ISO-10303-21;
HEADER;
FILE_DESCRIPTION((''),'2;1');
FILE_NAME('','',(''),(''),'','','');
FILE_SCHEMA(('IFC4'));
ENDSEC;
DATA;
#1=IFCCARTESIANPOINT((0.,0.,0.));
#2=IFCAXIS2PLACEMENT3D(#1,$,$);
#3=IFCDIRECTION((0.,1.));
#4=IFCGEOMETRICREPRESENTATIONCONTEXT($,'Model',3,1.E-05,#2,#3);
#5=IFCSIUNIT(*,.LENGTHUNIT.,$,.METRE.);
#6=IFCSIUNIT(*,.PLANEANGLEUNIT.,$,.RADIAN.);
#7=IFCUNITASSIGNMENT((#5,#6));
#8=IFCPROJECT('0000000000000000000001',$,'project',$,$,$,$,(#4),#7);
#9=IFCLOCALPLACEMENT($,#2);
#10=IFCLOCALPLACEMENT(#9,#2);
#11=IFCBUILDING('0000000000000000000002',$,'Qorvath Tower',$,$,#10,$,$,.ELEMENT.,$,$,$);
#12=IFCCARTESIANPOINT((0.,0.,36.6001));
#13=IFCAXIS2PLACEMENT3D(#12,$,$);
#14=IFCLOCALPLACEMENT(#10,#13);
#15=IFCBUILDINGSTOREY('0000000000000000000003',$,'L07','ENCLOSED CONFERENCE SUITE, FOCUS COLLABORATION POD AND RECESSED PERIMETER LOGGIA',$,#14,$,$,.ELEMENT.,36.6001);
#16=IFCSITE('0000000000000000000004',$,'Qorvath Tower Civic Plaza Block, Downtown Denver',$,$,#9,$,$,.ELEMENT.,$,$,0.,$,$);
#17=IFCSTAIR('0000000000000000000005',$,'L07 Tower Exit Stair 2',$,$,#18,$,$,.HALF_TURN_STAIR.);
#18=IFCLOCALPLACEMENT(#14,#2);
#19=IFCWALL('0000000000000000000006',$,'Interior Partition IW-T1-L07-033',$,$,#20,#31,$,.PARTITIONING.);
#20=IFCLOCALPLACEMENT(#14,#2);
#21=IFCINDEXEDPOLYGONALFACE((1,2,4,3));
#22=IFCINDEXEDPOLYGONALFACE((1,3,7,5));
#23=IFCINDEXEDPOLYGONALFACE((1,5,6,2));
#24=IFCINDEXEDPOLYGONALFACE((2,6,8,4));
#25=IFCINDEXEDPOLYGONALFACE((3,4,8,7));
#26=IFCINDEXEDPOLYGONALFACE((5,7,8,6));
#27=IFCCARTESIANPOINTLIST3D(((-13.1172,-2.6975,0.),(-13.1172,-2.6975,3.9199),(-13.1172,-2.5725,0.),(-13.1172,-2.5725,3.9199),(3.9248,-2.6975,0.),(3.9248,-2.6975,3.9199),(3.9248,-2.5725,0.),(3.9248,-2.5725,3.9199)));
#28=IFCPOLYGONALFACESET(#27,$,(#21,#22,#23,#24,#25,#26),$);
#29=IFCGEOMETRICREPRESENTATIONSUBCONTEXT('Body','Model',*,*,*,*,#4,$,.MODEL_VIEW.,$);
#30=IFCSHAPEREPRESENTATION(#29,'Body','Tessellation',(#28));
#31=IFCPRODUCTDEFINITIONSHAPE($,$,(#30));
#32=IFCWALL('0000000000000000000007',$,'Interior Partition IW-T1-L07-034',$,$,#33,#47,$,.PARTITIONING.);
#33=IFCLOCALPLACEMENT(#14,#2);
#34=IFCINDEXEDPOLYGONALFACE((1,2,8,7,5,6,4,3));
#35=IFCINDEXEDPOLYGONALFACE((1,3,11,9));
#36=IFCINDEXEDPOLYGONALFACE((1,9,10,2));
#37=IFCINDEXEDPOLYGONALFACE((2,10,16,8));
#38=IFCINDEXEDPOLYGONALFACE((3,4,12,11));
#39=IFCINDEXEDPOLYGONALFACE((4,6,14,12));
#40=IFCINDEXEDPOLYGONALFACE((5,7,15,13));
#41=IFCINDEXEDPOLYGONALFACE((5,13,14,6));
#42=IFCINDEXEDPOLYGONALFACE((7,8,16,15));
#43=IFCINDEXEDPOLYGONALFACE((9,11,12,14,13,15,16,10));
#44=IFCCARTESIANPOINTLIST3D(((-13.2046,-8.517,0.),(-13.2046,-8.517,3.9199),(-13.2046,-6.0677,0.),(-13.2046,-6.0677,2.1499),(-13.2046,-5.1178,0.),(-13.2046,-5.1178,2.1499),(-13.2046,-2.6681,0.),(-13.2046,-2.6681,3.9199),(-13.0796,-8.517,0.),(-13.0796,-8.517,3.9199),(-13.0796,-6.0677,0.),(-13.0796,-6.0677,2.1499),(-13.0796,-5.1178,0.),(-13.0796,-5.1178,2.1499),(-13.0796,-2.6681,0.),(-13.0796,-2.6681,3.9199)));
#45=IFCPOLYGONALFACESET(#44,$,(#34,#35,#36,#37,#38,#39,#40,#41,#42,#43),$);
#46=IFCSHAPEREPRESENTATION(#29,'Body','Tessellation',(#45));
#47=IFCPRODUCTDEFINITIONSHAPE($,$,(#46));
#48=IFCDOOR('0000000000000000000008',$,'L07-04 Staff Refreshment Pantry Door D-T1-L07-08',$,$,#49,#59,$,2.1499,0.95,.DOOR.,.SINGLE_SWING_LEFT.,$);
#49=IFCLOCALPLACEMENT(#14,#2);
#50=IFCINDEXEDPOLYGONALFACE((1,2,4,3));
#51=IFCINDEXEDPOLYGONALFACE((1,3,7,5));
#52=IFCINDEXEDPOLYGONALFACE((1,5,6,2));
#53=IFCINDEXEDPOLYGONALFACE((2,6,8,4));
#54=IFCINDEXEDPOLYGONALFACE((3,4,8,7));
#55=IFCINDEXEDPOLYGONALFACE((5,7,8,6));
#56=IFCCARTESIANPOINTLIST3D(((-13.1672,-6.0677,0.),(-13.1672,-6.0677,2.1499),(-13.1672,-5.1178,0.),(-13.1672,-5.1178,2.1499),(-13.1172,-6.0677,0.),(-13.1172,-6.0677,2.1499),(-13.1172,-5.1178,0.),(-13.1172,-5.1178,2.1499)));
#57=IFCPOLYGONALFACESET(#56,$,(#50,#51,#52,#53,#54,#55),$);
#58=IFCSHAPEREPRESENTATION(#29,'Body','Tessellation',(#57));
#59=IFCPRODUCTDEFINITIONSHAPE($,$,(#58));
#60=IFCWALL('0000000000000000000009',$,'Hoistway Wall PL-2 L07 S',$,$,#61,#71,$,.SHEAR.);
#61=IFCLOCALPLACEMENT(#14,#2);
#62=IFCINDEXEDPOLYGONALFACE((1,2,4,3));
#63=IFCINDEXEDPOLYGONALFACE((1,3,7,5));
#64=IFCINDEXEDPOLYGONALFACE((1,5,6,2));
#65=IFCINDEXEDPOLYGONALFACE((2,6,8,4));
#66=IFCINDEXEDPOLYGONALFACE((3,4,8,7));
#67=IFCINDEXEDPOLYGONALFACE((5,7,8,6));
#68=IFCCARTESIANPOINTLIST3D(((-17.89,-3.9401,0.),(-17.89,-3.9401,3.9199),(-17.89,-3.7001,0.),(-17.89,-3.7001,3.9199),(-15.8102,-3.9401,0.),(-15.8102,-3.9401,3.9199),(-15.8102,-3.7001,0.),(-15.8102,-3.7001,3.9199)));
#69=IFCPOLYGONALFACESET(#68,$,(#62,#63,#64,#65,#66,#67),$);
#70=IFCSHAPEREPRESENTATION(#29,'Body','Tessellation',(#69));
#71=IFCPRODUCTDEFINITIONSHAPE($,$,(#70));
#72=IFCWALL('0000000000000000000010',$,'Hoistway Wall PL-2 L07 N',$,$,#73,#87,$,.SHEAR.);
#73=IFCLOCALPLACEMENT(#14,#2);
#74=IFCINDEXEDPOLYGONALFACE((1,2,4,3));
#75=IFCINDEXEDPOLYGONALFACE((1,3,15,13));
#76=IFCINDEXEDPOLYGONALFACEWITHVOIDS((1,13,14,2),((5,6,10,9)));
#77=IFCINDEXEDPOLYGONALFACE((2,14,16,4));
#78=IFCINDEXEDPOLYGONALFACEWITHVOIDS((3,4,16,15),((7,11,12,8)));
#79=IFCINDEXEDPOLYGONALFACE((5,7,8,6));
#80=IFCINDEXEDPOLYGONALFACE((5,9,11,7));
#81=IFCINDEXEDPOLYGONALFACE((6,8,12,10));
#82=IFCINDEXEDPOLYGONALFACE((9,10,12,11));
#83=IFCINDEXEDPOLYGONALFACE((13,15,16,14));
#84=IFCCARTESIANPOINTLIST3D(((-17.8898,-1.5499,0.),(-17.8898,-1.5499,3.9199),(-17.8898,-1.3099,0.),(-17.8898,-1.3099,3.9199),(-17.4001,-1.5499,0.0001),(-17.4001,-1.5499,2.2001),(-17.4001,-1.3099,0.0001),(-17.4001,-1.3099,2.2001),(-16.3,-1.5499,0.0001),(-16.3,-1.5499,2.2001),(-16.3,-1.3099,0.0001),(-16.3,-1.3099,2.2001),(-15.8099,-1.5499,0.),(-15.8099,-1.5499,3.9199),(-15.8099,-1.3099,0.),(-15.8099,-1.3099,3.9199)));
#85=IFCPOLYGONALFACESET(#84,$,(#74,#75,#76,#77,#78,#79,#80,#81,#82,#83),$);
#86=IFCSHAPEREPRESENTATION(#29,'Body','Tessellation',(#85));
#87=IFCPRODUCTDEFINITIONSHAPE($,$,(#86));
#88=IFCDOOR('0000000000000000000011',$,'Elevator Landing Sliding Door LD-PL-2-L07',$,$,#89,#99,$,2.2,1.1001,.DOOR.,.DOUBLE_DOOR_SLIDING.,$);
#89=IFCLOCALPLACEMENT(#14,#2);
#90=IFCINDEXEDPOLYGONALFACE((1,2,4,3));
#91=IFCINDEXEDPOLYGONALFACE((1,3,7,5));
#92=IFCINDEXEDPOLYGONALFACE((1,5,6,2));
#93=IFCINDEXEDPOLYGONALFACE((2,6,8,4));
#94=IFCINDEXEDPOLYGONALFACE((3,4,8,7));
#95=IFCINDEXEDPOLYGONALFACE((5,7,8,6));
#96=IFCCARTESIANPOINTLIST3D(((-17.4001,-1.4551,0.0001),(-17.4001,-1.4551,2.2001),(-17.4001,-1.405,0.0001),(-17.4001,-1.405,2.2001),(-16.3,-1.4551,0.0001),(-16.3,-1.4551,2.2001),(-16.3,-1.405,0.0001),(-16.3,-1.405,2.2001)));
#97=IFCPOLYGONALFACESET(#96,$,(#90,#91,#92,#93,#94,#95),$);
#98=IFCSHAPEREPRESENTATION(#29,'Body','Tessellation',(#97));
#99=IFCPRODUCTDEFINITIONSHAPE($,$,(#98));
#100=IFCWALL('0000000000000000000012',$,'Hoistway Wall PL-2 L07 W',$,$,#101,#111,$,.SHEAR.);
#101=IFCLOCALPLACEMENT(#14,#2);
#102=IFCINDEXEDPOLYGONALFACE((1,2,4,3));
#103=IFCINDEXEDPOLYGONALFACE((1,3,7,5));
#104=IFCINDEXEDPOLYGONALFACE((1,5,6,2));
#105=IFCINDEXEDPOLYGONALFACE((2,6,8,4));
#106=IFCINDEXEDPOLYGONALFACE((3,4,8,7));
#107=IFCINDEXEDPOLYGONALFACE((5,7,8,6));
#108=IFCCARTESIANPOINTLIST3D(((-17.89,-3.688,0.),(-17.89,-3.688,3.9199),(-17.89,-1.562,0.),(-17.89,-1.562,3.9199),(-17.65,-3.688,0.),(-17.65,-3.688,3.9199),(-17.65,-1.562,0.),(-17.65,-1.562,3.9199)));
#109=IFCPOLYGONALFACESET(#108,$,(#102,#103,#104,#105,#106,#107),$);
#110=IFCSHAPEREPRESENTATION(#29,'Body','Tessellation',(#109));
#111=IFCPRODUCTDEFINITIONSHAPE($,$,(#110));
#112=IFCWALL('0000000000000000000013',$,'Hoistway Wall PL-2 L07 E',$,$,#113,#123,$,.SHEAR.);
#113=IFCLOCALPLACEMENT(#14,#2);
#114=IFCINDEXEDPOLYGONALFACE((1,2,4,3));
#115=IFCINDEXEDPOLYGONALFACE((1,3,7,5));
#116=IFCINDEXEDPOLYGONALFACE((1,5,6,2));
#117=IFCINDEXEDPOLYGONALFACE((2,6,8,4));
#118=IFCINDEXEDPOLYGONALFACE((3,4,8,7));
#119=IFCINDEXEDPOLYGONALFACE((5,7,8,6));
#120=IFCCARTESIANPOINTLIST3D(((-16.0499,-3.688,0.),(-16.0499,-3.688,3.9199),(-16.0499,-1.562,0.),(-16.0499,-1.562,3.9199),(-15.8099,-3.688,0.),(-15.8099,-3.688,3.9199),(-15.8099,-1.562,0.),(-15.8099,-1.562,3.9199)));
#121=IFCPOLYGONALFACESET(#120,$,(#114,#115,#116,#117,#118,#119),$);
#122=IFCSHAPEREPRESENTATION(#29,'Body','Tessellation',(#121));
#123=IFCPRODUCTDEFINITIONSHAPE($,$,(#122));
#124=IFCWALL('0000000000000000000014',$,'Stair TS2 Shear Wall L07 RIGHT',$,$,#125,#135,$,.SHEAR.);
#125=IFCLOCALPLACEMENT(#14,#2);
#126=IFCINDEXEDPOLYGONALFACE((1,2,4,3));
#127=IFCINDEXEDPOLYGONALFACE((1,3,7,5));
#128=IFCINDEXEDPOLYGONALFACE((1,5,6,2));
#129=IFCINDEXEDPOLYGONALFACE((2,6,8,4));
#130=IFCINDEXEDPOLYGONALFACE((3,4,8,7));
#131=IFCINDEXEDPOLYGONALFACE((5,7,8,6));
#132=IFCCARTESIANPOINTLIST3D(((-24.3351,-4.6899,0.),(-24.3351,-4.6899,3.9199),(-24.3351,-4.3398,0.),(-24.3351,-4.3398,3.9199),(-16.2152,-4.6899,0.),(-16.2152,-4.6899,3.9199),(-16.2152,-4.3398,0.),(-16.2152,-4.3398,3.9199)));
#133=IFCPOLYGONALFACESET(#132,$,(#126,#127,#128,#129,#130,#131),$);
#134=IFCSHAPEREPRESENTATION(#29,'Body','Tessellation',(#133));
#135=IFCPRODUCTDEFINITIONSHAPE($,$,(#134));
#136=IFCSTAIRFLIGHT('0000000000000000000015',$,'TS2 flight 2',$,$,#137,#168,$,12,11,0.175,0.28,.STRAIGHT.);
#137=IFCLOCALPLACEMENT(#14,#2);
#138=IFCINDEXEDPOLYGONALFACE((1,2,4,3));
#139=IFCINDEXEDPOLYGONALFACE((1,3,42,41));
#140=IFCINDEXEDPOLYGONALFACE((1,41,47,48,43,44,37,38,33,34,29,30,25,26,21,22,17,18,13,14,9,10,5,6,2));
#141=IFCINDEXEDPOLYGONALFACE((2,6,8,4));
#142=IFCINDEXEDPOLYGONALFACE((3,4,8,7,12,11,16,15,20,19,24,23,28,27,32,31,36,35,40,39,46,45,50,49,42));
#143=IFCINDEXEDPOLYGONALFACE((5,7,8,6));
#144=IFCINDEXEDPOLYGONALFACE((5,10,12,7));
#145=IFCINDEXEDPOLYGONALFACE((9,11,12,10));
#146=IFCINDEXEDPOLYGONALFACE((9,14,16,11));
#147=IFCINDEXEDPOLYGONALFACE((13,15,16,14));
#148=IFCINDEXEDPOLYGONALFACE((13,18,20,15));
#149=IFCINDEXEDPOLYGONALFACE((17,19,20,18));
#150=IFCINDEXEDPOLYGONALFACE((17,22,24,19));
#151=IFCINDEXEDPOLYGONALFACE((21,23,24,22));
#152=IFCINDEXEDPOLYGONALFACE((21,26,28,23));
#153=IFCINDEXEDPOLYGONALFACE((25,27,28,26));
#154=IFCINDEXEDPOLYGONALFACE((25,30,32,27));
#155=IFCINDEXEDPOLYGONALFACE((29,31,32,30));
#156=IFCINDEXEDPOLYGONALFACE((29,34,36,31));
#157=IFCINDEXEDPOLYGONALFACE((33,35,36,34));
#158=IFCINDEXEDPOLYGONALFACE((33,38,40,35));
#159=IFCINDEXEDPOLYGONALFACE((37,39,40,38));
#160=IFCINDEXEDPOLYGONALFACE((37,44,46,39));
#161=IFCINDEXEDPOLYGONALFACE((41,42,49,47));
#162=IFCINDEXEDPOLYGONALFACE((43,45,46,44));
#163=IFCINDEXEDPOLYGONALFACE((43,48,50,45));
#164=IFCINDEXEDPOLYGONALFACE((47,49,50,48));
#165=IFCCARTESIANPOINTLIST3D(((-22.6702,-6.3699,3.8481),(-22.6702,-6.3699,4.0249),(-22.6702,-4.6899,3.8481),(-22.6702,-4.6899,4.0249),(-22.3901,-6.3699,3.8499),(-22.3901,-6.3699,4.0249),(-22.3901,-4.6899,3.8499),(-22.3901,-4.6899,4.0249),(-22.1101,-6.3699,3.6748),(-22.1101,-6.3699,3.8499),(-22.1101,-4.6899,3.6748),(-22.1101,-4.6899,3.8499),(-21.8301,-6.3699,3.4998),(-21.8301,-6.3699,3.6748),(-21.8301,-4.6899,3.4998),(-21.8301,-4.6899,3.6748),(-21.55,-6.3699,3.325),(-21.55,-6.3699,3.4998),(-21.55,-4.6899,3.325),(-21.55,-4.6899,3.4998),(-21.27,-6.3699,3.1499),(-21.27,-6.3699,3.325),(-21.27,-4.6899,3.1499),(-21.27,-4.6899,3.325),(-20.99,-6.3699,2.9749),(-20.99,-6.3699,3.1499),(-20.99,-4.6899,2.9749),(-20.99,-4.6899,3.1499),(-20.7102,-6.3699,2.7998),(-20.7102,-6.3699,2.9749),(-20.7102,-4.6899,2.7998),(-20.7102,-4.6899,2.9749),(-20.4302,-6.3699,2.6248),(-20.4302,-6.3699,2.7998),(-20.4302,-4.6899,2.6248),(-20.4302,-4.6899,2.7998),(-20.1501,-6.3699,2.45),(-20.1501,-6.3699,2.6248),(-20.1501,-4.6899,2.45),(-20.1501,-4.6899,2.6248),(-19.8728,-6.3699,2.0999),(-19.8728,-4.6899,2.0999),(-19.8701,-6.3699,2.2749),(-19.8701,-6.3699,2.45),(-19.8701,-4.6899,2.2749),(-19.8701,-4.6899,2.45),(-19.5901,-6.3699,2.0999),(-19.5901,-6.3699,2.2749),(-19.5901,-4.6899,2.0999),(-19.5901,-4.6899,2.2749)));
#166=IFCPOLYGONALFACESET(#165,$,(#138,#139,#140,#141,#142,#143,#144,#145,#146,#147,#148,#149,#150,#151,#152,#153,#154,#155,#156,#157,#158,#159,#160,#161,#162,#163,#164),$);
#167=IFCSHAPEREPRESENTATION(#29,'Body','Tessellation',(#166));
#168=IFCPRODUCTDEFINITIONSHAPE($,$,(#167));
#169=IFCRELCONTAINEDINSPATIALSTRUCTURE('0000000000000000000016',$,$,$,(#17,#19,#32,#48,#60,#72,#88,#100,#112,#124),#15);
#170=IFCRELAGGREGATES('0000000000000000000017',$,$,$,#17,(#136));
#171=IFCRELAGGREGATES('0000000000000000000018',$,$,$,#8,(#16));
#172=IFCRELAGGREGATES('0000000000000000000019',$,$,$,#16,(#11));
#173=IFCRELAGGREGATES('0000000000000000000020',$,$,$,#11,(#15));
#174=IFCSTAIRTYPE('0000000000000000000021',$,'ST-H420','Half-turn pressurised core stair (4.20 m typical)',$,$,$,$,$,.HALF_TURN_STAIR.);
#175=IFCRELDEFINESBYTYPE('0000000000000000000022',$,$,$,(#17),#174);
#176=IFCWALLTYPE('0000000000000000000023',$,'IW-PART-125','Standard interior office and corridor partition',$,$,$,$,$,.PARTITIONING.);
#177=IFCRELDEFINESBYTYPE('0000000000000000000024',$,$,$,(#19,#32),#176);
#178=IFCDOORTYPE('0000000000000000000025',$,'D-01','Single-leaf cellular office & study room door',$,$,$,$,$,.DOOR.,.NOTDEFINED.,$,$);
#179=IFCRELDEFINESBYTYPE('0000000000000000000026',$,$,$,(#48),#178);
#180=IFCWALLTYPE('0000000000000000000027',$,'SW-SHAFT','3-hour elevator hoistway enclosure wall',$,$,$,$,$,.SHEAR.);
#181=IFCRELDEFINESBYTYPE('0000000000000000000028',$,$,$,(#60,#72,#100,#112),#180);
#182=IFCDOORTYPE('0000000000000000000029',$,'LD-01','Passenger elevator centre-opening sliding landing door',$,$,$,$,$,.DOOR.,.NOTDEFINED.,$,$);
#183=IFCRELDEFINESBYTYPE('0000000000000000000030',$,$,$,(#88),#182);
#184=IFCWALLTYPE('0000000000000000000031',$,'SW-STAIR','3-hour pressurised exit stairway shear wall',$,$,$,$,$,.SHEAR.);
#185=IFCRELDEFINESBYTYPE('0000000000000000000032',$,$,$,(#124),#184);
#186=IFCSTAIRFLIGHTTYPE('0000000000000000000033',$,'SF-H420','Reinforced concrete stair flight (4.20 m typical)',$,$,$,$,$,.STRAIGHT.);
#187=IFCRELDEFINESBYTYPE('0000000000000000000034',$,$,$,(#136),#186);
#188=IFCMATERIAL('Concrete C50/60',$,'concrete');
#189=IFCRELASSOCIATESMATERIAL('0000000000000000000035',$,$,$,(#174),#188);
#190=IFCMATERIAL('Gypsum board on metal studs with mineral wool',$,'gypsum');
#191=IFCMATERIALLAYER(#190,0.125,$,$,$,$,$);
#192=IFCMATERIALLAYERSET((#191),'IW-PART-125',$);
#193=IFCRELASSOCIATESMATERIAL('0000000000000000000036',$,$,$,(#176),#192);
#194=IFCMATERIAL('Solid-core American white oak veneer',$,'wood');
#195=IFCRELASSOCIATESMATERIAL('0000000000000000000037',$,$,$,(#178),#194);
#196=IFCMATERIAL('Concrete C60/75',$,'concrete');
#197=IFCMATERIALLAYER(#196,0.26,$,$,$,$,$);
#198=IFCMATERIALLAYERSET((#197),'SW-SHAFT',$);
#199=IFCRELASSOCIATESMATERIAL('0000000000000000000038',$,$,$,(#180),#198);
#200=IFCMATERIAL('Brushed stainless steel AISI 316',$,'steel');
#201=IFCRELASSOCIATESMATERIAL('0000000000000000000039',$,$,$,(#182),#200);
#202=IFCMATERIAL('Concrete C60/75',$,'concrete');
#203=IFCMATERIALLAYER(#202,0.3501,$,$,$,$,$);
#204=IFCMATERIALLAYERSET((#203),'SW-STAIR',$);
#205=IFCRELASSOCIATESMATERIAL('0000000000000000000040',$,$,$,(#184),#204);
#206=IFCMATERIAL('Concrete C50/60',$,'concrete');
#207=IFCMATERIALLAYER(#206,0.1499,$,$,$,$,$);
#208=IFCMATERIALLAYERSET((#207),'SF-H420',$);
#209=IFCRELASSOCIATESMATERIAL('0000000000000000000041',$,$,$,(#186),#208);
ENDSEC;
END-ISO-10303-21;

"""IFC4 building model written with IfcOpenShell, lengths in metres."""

from ifc_helpers import new_model, si_unit, direction, frame, frame_2d, origin, place, context, subcontext, project, spatial, polyline, rectangle, outline, extrude, material, layer, layer_set, type_object, element, fill, aggregate, save


model = new_model("IFC4")

# Units and contexts
model_context = context("Model", 3, precision=1e-05, world=origin(), true_north=direction((0.0, 1.0)))
body_context = subcontext(model_context, "Body", "Model", "MODEL_VIEW")
ifc_project = project(units=[si_unit("LENGTHUNIT", "METRE"), si_unit("PLANEANGLEUNIT", "RADIAN")], contexts=[model_context])

# Site, building, storey
site_placement = place(None, origin())
site = spatial("IfcSite", under=ifc_project, at=site_placement, Name="Qorvath Tower Civic Plaza Block, Downtown Denver", CompositionType="ELEMENT", RefElevation=0.0)
building_placement = place(site_placement, origin())
building = spatial("IfcBuilding", under=site, at=building_placement, Name="Qorvath Tower", CompositionType="ELEMENT")
storey_placement = place(building_placement, frame((0.0, 0.0, 36.6001)))
storey = spatial("IfcBuildingStorey", under=building, at=storey_placement, Name="L07", Description="ENCLOSED CONFERENCE SUITE, FOCUS COLLABORATION POD AND RECESSED PERIMETER LOGGIA", CompositionType="ELEMENT", Elevation=36.6001)

# Stair
ifc_material_1 = material(Name="Concrete C50/60", Category="concrete")
stair_type = type_object("IfcStairType", Name="ST-H420", Description="Half-turn pressurised core stair (4.20 m typical)", PredefinedType="HALF_TURN_STAIR", material=ifc_material_1)
stair_1_placement = place(storey_placement, origin())
stair_1 = element("IfcStair", 1, at=stair_1_placement, inside=storey, type_object=stair_type, Name="L07 Tower Exit Stair 2", PredefinedType="HALF_TURN_STAIR")

# Wall
ifc_material_2 = material(Name="Gypsum board on metal studs with mineral wool", Category="gypsum")
ifc_layer_1 = layer(ifc_material_2, 0.125)
ifc_layer_set_1 = layer_set([ifc_layer_1], Name="IW-PART-125")
wall_type_1 = type_object("IfcWallType", Name="IW-PART-125", Description="Standard interior office and corridor partition", PredefinedType="PARTITIONING", material=ifc_layer_set_1)
wall_1_placement = place(storey_placement, frame((-13.1172, -2.635, 0.0), z_axis=(0.0, 0.0, 1.0), x_axis=(1.0, 0.0, 0.0)))
element("IfcWall", 2, at=wall_1_placement, inside=storey, type_object=wall_type_1, Name="Interior Partition IW-T1-L07-033", PredefinedType="PARTITIONING", context=body_context, shape_type="SweptSolid", body=[
    extrude(rectangle(XDim=17.042, YDim=0.125, at=frame_2d((8.521, 0.0))), origin(), (0.0, 0.0, 1.0), 3.9199),
])

# Wall, opening, door
wall_2_placement = place(storey_placement, frame((-13.1421, -2.6682, 0.0), z_axis=(0.0, 0.0, 1.0), x_axis=(0.0, -1.0, 0.0)))
wall_2 = element("IfcWall", 3, at=wall_2_placement, inside=storey, type_object=wall_type_1, Name="Interior Partition IW-T1-L07-034", PredefinedType="PARTITIONING", context=body_context, shape_type="SweptSolid", body=[
    extrude(rectangle(XDim=5.8489, YDim=0.125, at=frame_2d((2.9243, 0.0))), origin(), (0.0, 0.0, 1.0), 3.9199),
])
opening_1_placement = place(wall_2_placement, frame((2.4495, 0.0, 0.0)))
opening_1 = element("IfcOpeningElement", 4, at=opening_1_placement, cuts=wall_2, PredefinedType="OPENING", context=body_context, shape_type="SweptSolid", body=[
    extrude(rectangle(XDim=0.95, YDim=2.1499, at=frame_2d((0.4751, 1.075))), frame((0.0, 0.0725, 0.0), z_axis=(0.0, -1.0, 0.0), x_axis=(1.0, 0.0, 0.0)), (0.0, 0.0, 1.0), 0.145),
])
ifc_material_3 = material(Name="Solid-core American white oak veneer", Category="wood")
door_type_1 = type_object("IfcDoorType", Name="D-01", Description="Single-leaf cellular office & study room door", OperationType="NOTDEFINED", PredefinedType="DOOR", material=ifc_material_3)
door_1_placement = place(opening_1_placement, origin())
door_1 = element("IfcDoor", 5, at=door_1_placement, inside=storey, type_object=door_type_1, Name="L07-04 Staff Refreshment Pantry Door D-T1-L07-08", OperationType="SINGLE_SWING_LEFT", OverallHeight=2.1499, OverallWidth=0.95, PredefinedType="DOOR", context=body_context, shape_type="SweptSolid", body=[
    extrude(rectangle(XDim=0.95, YDim=2.1499, at=frame_2d((0.4751, 1.075))), frame((0.0, 0.0249, 0.0), z_axis=(0.0, -1.0, 0.0), x_axis=(1.0, 0.0, 0.0)), (0.0, 0.0, 1.0), 0.05),
])
fill(opening_1, door_1)

# Wall
ifc_material_4 = material(Name="Concrete C60/75", Category="concrete")
ifc_layer_2 = layer(ifc_material_4, 0.26)
ifc_layer_set_2 = layer_set([ifc_layer_2], Name="SW-SHAFT")
wall_type_2 = type_object("IfcWallType", Name="SW-SHAFT", Description="3-hour elevator hoistway enclosure wall", PredefinedType="SHEAR", material=ifc_layer_set_2)
wall_3_placement = place(storey_placement, frame((-15.8101, -3.8201, 0.0), z_axis=(0.0, 0.0, 1.0), x_axis=(-1.0, 0.0, 0.0)))
element("IfcWall", 6, at=wall_3_placement, inside=storey, type_object=wall_type_2, Name="Hoistway Wall PL-2 L07 S", PredefinedType="SHEAR", context=body_context, shape_type="SweptSolid", body=[
    extrude(rectangle(XDim=2.0798, YDim=0.24, at=frame_2d((1.04, 0.0))), origin(), (0.0, 0.0, 1.0), 3.9199),
])

# Wall, opening, door
wall_4_placement = place(storey_placement, frame((-17.8899, -1.4299, 0.0), z_axis=(0.0, 0.0, 1.0), x_axis=(1.0, 0.0, 0.0)))
wall_4 = element("IfcWall", 7, at=wall_4_placement, inside=storey, type_object=wall_type_2, Name="Hoistway Wall PL-2 L07 N", PredefinedType="SHEAR", context=body_context, shape_type="SweptSolid", body=[
    extrude(rectangle(XDim=2.0798, YDim=0.24, at=frame_2d((1.04, 0.0))), origin(), (0.0, 0.0, 1.0), 3.9199),
])
opening_2_placement = place(wall_4_placement, frame((0.4897, 0.0, 0.0)))
opening_2 = element("IfcOpeningElement", 8, at=opening_2_placement, cuts=wall_4, PredefinedType="OPENING", context=body_context, shape_type="SweptSolid", body=[
    extrude(rectangle(XDim=1.1001, YDim=2.2, at=frame_2d((0.55, 1.1001))), frame((0.0, 0.1299, 0.0), z_axis=(0.0, -1.0, 0.0), x_axis=(1.0, 0.0, 0.0)), (0.0, 0.0, 1.0), 0.26),
])
ifc_material_5 = material(Name="Brushed stainless steel AISI 316", Category="steel")
door_type_2 = type_object("IfcDoorType", Name="LD-01", Description="Passenger elevator centre-opening sliding landing door", OperationType="NOTDEFINED", PredefinedType="DOOR", material=ifc_material_5)
door_2_placement = place(opening_2_placement, origin())
door_2 = element("IfcDoor", 9, at=door_2_placement, inside=storey, type_object=door_type_2, Name="Elevator Landing Sliding Door LD-PL-2-L07", OperationType="DOUBLE_DOOR_SLIDING", OverallHeight=2.2, OverallWidth=1.1001, PredefinedType="DOOR", context=body_context, shape_type="SweptSolid", body=[
    extrude(rectangle(XDim=1.1001, YDim=2.2, at=frame_2d((0.55, 1.1001))), frame((0.0, 0.0249, 0.0), z_axis=(0.0, -1.0, 0.0), x_axis=(1.0, 0.0, 0.0)), (0.0, 0.0, 1.0), 0.05),
])
fill(opening_2, door_2)

# Walls
for number, where, z_axis, x_axis, name in (
    (10, (-17.77, -3.688, 0.0), (0.0, 0.0, 1.0), (0.0, 1.0, 0.0), "Hoistway Wall PL-2 L07 W"),
    (11, (-15.9299, -1.562, 0.0), (0.0, 0.0, 1.0), (0.0, -1.0, 0.0), "Hoistway Wall PL-2 L07 E"),
):
    element("IfcWall", number, at=place(storey_placement, frame(where, z_axis=z_axis, x_axis=x_axis)), inside=storey, type_object=wall_type_2, Name=name, PredefinedType="SHEAR", context=body_context, shape_type="SweptSolid", body=[
        extrude(rectangle(XDim=2.126, YDim=0.24, at=frame_2d((1.063, 0.0))), origin(), (0.0, 0.0, 1.0), 3.9199),
    ])
ifc_material_6 = material(Name="Concrete C60/75", Category="concrete")
ifc_layer_3 = layer(ifc_material_6, 0.3501)
ifc_layer_set_3 = layer_set([ifc_layer_3], Name="SW-STAIR")
wall_type_3 = type_object("IfcWallType", Name="SW-STAIR", Description="3-hour pressurised exit stairway shear wall", PredefinedType="SHEAR", material=ifc_layer_set_3)
wall_5_placement = place(storey_placement, frame((-16.2151, -4.5149, 0.0), z_axis=(0.0, 0.0, 1.0), x_axis=(-1.0, 0.0, 0.0)))
element("IfcWall", 12, at=wall_5_placement, inside=storey, type_object=wall_type_3, Name="Stair TS2 Shear Wall L07 RIGHT", PredefinedType="SHEAR", context=body_context, shape_type="SweptSolid", body=[
    extrude(rectangle(XDim=8.1199, YDim=0.3501, at=frame_2d((4.0601, 0.0))), origin(), (0.0, 0.0, 1.0), 3.9199),
])

# Stair flight
ifc_material_7 = material(Name="Concrete C50/60", Category="concrete")
ifc_layer_4 = layer(ifc_material_7, 0.1499)
ifc_layer_set_4 = layer_set([ifc_layer_4], Name="SF-H420")
stair_flight_type = type_object("IfcStairFlightType", Name="SF-H420", Description="Reinforced concrete stair flight (4.20 m typical)", PredefinedType="STRAIGHT", material=ifc_layer_set_4)
stair_flight_placement = place(storey_placement, frame((-19.5901, -5.53, 2.0999), z_axis=(0.0, 0.0, 1.0), x_axis=(-1.0, 0.0, 0.0)))
stair_flight = element("IfcStairFlight", 13, at=stair_flight_placement, type_object=stair_flight_type, Name="TS2 flight 2", NumberOfRisers=12, NumberOfTreads=11, PredefinedType="STRAIGHT", RiserHeight=0.175, TreadLength=0.28, context=body_context, shape_type="SweptSolid", body=[
    extrude(outline(polyline([(0.0, 0.0), (0.0, 0.175), (0.28, 0.175), (0.28, 0.3501), (0.5601, 0.3501), (0.5601, 0.5249), (0.8401, 0.5249), (0.8401, 0.7), (1.1201, 0.7), (1.1201, 0.875), (1.3999, 0.875), (1.3999, 1.05), (1.6799, 1.05), (1.6799, 1.2251), (1.96, 1.2251), (1.96, 1.3999), (2.24, 1.3999), (2.24, 1.575), (2.52, 1.575), (2.52, 1.75), (2.8, 1.75), (2.8, 1.925), (3.0801, 1.925), (3.0801, 2.1001), (3.0801, 1.7483), (0.2827, 0.0), (0.0, 0.0)])), frame((0.0, 0.8398, 0.0), z_axis=(0.0, -1.0, 0.0), x_axis=(1.0, 0.0, 0.0)), (0.0, 0.0, 1.0), 1.6799),
])
aggregate(stair_1, [stair_flight])

save(model, "model.ifc")
